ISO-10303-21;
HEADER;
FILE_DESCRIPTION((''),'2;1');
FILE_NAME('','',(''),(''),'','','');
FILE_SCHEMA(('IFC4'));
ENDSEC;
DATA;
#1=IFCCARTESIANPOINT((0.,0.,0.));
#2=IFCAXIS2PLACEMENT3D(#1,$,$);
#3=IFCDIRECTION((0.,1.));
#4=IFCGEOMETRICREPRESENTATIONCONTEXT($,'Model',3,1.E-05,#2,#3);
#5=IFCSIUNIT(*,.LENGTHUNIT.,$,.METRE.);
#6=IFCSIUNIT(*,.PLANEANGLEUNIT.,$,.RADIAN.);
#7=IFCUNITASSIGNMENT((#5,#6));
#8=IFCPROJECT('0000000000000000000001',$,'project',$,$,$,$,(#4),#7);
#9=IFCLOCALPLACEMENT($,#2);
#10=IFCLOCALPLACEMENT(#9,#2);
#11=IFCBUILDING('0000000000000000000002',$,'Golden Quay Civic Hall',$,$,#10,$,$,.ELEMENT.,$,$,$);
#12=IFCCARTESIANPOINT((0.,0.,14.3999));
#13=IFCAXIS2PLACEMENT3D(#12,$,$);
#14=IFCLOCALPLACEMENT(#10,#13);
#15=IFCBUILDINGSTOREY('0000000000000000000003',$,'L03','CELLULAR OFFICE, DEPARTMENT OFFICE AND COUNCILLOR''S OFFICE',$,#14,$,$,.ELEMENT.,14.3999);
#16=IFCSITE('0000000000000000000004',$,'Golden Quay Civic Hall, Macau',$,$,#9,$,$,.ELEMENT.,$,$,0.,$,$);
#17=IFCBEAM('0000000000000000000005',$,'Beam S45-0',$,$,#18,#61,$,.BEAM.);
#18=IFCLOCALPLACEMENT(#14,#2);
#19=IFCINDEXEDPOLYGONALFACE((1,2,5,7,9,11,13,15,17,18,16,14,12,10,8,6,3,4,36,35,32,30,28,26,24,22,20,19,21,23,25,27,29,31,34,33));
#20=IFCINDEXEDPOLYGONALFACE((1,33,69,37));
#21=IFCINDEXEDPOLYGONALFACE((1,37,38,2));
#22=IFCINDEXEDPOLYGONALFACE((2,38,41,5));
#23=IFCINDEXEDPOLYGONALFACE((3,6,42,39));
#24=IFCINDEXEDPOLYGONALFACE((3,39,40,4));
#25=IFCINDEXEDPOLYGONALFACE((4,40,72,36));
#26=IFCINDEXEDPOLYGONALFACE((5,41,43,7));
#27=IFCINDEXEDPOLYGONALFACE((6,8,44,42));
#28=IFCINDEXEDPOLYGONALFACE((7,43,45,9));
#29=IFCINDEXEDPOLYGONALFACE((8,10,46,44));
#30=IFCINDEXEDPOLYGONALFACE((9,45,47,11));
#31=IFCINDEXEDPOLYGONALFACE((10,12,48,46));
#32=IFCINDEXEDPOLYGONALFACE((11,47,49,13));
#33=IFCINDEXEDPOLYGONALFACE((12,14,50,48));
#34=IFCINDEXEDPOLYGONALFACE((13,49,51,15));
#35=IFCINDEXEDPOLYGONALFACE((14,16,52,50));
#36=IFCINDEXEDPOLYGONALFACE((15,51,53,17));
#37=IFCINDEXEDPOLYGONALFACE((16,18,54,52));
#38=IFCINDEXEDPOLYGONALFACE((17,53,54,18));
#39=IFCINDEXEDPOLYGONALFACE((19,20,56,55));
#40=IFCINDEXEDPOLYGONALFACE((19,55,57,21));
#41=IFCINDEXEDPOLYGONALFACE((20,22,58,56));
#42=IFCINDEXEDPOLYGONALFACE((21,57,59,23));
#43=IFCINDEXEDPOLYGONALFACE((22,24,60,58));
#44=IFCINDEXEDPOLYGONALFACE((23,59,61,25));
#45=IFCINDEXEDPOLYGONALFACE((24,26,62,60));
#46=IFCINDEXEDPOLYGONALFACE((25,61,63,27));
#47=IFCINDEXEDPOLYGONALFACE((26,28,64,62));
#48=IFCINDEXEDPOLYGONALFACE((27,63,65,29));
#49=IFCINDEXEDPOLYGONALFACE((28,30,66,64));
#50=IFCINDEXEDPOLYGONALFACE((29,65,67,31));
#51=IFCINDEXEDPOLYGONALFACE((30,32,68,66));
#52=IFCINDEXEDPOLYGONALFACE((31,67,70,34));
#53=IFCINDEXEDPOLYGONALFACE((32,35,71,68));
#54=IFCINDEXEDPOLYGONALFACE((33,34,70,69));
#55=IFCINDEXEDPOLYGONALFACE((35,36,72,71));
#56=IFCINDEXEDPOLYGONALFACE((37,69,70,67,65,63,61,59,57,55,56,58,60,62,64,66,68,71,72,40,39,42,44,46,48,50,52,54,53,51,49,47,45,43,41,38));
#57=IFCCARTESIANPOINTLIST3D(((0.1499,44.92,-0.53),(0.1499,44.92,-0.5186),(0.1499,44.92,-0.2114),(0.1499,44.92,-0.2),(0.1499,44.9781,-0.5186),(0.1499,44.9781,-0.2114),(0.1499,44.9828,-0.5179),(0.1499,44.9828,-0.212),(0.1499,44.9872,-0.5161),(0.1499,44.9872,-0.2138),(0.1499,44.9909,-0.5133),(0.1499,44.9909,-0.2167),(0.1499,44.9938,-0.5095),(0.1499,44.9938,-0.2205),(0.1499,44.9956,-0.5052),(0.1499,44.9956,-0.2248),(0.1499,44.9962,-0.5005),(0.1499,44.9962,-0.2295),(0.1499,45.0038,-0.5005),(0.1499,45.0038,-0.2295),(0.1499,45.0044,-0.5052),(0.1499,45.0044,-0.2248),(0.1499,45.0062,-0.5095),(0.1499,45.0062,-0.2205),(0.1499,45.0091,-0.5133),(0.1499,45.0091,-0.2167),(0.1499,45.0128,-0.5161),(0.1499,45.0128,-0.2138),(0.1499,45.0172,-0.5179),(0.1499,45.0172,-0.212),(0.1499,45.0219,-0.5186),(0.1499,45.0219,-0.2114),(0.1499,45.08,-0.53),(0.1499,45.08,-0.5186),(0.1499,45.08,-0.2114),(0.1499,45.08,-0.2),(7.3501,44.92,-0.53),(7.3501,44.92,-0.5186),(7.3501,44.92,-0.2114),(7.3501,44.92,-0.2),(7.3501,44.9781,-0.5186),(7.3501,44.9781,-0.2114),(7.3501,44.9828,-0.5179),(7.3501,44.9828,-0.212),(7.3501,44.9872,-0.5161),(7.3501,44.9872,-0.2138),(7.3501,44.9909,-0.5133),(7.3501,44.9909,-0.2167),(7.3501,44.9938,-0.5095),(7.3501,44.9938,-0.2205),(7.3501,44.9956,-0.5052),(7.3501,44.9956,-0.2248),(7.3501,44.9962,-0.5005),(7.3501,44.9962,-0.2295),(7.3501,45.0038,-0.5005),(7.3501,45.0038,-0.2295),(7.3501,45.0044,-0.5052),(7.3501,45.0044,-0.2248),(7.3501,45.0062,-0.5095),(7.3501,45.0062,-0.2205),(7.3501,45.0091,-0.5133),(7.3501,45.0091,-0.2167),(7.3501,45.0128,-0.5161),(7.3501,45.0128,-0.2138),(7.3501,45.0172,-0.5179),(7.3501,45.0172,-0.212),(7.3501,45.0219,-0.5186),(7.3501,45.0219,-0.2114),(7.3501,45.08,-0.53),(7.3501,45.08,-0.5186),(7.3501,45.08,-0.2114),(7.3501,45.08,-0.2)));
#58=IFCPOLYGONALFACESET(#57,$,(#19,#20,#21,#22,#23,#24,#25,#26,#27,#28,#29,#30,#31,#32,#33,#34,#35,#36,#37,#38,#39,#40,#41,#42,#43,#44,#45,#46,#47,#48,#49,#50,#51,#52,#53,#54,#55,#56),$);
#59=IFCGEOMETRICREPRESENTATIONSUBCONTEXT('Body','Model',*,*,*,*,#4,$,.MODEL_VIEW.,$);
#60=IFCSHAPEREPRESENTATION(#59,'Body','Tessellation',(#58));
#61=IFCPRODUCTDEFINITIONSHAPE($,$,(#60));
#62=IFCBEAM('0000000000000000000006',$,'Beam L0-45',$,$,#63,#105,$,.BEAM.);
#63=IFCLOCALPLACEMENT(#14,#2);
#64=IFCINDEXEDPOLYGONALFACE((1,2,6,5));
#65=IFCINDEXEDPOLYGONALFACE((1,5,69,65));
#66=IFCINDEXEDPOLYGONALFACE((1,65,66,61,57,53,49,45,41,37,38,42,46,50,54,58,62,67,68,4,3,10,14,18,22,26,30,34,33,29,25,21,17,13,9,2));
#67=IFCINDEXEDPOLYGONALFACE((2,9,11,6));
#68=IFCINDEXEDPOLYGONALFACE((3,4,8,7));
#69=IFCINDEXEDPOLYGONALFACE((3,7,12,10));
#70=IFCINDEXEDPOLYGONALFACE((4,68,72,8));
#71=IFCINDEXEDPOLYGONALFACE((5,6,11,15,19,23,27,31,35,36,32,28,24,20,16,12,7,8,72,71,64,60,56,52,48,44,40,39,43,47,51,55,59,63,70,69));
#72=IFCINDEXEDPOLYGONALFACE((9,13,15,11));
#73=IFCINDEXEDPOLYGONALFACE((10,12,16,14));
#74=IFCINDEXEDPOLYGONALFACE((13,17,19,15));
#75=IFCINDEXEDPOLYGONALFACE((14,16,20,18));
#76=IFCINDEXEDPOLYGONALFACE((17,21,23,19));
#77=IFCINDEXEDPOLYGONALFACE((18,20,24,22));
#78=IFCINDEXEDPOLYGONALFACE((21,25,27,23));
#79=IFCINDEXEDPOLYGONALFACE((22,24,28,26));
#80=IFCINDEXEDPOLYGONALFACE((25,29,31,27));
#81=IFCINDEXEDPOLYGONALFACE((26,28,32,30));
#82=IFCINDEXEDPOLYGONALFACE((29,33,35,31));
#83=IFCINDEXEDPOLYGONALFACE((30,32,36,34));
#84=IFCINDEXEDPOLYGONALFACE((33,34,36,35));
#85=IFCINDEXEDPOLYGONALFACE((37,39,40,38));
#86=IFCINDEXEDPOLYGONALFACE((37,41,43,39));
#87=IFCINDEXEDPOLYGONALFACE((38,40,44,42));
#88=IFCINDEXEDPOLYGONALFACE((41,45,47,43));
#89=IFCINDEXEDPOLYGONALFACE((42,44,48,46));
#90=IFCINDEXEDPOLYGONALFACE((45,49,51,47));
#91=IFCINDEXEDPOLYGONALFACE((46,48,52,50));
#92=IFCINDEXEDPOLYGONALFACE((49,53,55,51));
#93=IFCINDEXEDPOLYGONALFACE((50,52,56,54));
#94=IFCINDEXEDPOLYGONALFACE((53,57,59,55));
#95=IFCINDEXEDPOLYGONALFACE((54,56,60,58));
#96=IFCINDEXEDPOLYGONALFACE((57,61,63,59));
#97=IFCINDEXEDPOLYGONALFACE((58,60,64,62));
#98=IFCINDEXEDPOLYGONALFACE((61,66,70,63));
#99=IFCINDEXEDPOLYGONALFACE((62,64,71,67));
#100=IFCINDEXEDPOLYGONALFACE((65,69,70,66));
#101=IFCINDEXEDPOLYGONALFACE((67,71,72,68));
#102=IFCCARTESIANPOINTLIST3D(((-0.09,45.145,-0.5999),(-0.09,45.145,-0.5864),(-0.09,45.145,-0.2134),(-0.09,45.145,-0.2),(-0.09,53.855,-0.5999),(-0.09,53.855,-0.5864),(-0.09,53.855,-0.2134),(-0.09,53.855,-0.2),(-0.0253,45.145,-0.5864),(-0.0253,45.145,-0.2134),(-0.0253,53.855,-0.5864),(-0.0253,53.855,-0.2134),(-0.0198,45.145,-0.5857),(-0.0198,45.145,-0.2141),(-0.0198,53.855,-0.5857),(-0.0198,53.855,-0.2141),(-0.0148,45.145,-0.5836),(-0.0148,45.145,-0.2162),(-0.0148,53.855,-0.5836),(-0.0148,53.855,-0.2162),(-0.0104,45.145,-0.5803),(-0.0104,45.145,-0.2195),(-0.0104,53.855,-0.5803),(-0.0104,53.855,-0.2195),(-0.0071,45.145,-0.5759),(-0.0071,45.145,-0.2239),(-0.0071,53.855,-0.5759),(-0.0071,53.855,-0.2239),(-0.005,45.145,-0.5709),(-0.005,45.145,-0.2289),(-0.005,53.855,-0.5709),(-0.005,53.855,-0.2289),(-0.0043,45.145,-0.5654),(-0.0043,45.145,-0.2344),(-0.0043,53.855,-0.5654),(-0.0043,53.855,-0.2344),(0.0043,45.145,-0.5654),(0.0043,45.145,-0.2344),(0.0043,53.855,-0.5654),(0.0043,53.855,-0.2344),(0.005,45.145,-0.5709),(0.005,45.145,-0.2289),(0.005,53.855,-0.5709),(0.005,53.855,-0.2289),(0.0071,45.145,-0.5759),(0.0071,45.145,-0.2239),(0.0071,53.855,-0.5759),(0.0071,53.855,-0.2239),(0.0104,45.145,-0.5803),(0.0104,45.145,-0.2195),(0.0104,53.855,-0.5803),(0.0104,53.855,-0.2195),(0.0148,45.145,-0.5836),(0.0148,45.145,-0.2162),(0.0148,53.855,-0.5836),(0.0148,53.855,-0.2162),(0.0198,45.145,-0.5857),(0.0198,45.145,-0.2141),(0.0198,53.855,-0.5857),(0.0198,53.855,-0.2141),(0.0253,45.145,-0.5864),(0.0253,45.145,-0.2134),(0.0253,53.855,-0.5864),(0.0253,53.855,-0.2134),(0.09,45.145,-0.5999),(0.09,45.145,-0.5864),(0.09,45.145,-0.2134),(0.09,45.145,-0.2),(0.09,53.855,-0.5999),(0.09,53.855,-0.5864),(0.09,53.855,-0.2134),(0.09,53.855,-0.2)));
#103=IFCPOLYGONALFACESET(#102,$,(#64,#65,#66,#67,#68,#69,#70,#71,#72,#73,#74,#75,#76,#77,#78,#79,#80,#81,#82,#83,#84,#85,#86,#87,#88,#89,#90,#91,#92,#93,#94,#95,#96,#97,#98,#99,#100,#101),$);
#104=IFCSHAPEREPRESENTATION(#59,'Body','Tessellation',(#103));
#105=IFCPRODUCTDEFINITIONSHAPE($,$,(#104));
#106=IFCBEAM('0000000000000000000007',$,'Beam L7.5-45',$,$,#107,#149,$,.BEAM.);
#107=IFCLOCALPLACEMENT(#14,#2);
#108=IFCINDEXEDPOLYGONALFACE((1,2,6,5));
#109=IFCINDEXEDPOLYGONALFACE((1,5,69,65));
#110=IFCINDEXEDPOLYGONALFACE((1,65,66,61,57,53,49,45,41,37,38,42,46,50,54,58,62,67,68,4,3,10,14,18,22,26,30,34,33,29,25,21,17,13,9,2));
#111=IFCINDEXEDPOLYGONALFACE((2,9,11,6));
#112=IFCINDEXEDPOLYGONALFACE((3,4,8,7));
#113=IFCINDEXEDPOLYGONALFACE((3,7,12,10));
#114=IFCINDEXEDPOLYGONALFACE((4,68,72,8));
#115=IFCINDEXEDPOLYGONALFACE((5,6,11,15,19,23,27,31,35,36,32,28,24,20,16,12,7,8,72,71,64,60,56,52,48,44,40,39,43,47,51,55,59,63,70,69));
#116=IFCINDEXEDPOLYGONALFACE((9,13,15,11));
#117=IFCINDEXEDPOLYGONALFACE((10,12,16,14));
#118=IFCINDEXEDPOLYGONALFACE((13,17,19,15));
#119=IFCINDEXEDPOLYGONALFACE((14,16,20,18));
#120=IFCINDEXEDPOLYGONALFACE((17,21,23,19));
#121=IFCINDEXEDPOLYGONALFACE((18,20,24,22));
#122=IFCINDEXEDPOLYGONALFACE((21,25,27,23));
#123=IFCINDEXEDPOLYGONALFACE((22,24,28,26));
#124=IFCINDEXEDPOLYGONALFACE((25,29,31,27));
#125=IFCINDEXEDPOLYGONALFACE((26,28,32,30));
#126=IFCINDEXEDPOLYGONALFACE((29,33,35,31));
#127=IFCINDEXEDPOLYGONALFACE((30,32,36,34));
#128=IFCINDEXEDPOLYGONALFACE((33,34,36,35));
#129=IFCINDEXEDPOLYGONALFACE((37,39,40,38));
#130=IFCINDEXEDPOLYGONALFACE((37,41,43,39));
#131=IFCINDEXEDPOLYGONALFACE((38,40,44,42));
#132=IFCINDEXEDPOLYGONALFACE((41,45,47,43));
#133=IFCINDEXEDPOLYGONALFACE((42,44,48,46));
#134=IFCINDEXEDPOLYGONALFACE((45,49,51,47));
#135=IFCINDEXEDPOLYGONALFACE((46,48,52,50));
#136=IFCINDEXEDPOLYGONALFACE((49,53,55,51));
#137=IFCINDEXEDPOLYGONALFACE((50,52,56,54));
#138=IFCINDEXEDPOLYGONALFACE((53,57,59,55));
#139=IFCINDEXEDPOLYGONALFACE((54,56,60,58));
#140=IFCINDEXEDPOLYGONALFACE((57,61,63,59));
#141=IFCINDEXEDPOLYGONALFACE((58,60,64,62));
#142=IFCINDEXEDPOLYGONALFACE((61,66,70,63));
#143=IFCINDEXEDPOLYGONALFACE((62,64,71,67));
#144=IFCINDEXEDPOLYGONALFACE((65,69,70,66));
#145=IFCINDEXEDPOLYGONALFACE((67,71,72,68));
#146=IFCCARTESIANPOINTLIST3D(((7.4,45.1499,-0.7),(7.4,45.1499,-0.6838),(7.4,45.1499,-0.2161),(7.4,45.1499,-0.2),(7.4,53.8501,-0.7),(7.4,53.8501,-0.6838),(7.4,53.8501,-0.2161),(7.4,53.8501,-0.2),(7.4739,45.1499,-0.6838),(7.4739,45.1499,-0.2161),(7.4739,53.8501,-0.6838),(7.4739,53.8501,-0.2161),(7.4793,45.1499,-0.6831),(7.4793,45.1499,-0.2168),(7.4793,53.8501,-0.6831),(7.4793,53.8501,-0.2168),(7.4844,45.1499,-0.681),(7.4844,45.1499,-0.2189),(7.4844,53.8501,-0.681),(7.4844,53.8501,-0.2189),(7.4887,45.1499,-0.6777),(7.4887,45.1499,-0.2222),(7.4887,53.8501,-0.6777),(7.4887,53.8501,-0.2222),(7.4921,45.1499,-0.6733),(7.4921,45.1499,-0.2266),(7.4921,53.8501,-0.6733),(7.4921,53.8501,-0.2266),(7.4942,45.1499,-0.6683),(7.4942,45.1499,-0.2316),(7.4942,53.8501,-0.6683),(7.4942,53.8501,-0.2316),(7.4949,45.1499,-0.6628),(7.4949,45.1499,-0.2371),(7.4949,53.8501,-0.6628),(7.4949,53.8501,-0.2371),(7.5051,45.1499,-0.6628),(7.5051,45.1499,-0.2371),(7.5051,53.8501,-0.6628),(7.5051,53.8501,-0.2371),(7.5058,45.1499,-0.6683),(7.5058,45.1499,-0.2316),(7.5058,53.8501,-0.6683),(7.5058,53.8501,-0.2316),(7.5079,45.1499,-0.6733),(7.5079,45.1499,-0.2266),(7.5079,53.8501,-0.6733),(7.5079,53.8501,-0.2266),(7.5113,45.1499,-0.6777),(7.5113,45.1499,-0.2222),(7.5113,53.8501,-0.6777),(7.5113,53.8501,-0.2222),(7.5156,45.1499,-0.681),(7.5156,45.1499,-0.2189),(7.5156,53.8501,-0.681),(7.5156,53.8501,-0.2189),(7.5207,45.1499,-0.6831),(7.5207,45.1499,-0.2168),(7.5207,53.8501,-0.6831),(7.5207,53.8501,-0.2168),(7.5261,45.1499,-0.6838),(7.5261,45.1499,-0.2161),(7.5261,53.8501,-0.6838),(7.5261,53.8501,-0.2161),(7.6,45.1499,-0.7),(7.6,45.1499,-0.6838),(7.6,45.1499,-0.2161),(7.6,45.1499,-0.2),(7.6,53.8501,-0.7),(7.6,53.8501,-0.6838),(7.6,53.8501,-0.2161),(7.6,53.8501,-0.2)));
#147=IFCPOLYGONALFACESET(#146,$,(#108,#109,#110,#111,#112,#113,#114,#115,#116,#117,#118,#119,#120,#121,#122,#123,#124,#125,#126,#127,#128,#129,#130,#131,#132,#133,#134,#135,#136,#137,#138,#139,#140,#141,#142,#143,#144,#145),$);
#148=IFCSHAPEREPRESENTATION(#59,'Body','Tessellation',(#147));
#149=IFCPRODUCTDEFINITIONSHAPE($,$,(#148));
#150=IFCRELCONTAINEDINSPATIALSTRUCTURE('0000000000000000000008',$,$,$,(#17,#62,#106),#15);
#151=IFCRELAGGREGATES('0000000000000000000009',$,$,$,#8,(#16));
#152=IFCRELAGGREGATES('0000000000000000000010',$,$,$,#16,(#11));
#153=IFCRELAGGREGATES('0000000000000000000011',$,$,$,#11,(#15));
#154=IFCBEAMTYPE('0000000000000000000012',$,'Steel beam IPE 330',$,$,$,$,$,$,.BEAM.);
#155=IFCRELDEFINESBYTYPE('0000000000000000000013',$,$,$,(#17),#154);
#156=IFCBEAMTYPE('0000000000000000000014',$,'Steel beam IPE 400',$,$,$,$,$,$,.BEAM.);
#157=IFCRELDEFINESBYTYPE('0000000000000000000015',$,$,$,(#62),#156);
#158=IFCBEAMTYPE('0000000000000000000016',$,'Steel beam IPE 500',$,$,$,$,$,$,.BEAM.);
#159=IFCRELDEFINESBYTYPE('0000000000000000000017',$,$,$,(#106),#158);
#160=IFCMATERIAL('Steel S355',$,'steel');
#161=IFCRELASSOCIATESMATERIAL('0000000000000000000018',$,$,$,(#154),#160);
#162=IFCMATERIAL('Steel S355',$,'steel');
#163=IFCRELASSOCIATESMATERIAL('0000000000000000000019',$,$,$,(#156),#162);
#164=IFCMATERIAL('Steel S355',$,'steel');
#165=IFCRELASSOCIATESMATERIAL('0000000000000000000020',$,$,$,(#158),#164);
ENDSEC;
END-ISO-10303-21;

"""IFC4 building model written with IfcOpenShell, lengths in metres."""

from ifc_helpers import new_model, si_unit, direction, frame, origin, origin_2d, place, context, subcontext, project, spatial, i_section, extrude, material, material_profile, profile_set, type_object, element, save


model = new_model("IFC4")

# Units and contexts
model_context = context("Model", 3, precision=1e-05, world=origin(), true_north=direction((0.0, 1.0)))
body_context = subcontext(model_context, "Body", "Model", "MODEL_VIEW")
ifc_project = project(units=[si_unit("LENGTHUNIT", "METRE"), si_unit("PLANEANGLEUNIT", "RADIAN")], contexts=[model_context])

# Site, building, storey
site_placement = place(None, origin())
site = spatial("IfcSite", under=ifc_project, at=site_placement, Name="Golden Quay Civic Hall, Macau", CompositionType="ELEMENT", RefElevation=0.0)
building_placement = place(site_placement, origin())
building = spatial("IfcBuilding", under=site, at=building_placement, Name="Golden Quay Civic Hall", CompositionType="ELEMENT")
storey_placement = place(building_placement, frame((0.0, 0.0, 14.3999)))
storey = spatial("IfcBuildingStorey", under=building, at=storey_placement, Name="L03", Description="CELLULAR OFFICE, DEPARTMENT OFFICE AND COUNCILLOR'S OFFICE", CompositionType="ELEMENT", Elevation=14.3999)

# Beams
ifc_material_1 = material(Name="Steel S355", Category="steel")
ifc_material_profile_1 = material_profile(ifc_material_1, i_section(OverallWidth=0.1599, OverallDepth=0.3301, WebThickness=0.0076, FlangeThickness=0.0115, FilletRadius=0.0181, at=origin_2d()), Name="IPE 330")
ifc_profile_set_1 = profile_set([ifc_material_profile_1], Name="Steel S355")
beam_type_1 = type_object("IfcBeamType", Name="Steel beam IPE 330", PredefinedType="BEAM", material=ifc_profile_set_1)
beam_1_placement = place(storey_placement, frame((0.1499, 45.0, -0.365), z_axis=(1.0, 0.0, 0.0), x_axis=(0.0, 1.0, 0.0)))
element("IfcBeam", 1, at=beam_1_placement, inside=storey, type_object=beam_type_1, Name="Beam S45-0", PredefinedType="BEAM", context=body_context, shape_type="SweptSolid", body=[
    extrude(i_section(OverallWidth=0.1599, OverallDepth=0.3301, WebThickness=0.0076, FlangeThickness=0.0115, FilletRadius=0.0181, at=origin_2d()), origin(), (0.0, 0.0, 1.0), 7.2002),
])
ifc_material_2 = material(Name="Steel S355", Category="steel")
ifc_material_profile_2 = material_profile(ifc_material_2, i_section(OverallWidth=0.1799, OverallDepth=0.3999, WebThickness=0.0085, FlangeThickness=0.0134, FilletRadius=0.021, at=origin_2d()), Name="IPE 400")
ifc_profile_set_2 = profile_set([ifc_material_profile_2], Name="Steel S355")
beam_type_2 = type_object("IfcBeamType", Name="Steel beam IPE 400", PredefinedType="BEAM", material=ifc_profile_set_2)
beam_2_placement = place(storey_placement, frame((0.0, 45.145, -0.3999), z_axis=(0.0, 1.0, 0.0), x_axis=(-1.0, 0.0, 0.0)))
element("IfcBeam", 2, at=beam_2_placement, inside=storey, type_object=beam_type_2, Name="Beam L0-45", PredefinedType="BEAM", context=body_context, shape_type="SweptSolid", body=[
    extrude(i_section(OverallWidth=0.1799, OverallDepth=0.3999, WebThickness=0.0085, FlangeThickness=0.0134, FilletRadius=0.021, at=origin_2d()), origin(), (0.0, 0.0, 1.0), 8.71),
])
ifc_material_3 = material(Name="Steel S355", Category="steel")
ifc_material_profile_3 = material_profile(ifc_material_3, i_section(OverallWidth=0.2, OverallDepth=0.5, WebThickness=0.0103, FlangeThickness=0.0161, FilletRadius=0.021, at=origin_2d()), Name="IPE 500")
ifc_profile_set_3 = profile_set([ifc_material_profile_3], Name="Steel S355")
beam_type_3 = type_object("IfcBeamType", Name="Steel beam IPE 500", PredefinedType="BEAM", material=ifc_profile_set_3)
beam_3_placement = place(storey_placement, frame((7.5, 45.1499, -0.45), z_axis=(0.0, 1.0, 0.0), x_axis=(-1.0, 0.0, 0.0)))
element("IfcBeam", 3, at=beam_3_placement, inside=storey, type_object=beam_type_3, Name="Beam L7.5-45", PredefinedType="BEAM", context=body_context, shape_type="SweptSolid", body=[
    extrude(i_section(OverallWidth=0.2, OverallDepth=0.5, WebThickness=0.0103, FlangeThickness=0.0161, FilletRadius=0.021, at=origin_2d()), origin(), (0.0, 0.0, 1.0), 8.7002),
])

save(model, "model.ifc")
